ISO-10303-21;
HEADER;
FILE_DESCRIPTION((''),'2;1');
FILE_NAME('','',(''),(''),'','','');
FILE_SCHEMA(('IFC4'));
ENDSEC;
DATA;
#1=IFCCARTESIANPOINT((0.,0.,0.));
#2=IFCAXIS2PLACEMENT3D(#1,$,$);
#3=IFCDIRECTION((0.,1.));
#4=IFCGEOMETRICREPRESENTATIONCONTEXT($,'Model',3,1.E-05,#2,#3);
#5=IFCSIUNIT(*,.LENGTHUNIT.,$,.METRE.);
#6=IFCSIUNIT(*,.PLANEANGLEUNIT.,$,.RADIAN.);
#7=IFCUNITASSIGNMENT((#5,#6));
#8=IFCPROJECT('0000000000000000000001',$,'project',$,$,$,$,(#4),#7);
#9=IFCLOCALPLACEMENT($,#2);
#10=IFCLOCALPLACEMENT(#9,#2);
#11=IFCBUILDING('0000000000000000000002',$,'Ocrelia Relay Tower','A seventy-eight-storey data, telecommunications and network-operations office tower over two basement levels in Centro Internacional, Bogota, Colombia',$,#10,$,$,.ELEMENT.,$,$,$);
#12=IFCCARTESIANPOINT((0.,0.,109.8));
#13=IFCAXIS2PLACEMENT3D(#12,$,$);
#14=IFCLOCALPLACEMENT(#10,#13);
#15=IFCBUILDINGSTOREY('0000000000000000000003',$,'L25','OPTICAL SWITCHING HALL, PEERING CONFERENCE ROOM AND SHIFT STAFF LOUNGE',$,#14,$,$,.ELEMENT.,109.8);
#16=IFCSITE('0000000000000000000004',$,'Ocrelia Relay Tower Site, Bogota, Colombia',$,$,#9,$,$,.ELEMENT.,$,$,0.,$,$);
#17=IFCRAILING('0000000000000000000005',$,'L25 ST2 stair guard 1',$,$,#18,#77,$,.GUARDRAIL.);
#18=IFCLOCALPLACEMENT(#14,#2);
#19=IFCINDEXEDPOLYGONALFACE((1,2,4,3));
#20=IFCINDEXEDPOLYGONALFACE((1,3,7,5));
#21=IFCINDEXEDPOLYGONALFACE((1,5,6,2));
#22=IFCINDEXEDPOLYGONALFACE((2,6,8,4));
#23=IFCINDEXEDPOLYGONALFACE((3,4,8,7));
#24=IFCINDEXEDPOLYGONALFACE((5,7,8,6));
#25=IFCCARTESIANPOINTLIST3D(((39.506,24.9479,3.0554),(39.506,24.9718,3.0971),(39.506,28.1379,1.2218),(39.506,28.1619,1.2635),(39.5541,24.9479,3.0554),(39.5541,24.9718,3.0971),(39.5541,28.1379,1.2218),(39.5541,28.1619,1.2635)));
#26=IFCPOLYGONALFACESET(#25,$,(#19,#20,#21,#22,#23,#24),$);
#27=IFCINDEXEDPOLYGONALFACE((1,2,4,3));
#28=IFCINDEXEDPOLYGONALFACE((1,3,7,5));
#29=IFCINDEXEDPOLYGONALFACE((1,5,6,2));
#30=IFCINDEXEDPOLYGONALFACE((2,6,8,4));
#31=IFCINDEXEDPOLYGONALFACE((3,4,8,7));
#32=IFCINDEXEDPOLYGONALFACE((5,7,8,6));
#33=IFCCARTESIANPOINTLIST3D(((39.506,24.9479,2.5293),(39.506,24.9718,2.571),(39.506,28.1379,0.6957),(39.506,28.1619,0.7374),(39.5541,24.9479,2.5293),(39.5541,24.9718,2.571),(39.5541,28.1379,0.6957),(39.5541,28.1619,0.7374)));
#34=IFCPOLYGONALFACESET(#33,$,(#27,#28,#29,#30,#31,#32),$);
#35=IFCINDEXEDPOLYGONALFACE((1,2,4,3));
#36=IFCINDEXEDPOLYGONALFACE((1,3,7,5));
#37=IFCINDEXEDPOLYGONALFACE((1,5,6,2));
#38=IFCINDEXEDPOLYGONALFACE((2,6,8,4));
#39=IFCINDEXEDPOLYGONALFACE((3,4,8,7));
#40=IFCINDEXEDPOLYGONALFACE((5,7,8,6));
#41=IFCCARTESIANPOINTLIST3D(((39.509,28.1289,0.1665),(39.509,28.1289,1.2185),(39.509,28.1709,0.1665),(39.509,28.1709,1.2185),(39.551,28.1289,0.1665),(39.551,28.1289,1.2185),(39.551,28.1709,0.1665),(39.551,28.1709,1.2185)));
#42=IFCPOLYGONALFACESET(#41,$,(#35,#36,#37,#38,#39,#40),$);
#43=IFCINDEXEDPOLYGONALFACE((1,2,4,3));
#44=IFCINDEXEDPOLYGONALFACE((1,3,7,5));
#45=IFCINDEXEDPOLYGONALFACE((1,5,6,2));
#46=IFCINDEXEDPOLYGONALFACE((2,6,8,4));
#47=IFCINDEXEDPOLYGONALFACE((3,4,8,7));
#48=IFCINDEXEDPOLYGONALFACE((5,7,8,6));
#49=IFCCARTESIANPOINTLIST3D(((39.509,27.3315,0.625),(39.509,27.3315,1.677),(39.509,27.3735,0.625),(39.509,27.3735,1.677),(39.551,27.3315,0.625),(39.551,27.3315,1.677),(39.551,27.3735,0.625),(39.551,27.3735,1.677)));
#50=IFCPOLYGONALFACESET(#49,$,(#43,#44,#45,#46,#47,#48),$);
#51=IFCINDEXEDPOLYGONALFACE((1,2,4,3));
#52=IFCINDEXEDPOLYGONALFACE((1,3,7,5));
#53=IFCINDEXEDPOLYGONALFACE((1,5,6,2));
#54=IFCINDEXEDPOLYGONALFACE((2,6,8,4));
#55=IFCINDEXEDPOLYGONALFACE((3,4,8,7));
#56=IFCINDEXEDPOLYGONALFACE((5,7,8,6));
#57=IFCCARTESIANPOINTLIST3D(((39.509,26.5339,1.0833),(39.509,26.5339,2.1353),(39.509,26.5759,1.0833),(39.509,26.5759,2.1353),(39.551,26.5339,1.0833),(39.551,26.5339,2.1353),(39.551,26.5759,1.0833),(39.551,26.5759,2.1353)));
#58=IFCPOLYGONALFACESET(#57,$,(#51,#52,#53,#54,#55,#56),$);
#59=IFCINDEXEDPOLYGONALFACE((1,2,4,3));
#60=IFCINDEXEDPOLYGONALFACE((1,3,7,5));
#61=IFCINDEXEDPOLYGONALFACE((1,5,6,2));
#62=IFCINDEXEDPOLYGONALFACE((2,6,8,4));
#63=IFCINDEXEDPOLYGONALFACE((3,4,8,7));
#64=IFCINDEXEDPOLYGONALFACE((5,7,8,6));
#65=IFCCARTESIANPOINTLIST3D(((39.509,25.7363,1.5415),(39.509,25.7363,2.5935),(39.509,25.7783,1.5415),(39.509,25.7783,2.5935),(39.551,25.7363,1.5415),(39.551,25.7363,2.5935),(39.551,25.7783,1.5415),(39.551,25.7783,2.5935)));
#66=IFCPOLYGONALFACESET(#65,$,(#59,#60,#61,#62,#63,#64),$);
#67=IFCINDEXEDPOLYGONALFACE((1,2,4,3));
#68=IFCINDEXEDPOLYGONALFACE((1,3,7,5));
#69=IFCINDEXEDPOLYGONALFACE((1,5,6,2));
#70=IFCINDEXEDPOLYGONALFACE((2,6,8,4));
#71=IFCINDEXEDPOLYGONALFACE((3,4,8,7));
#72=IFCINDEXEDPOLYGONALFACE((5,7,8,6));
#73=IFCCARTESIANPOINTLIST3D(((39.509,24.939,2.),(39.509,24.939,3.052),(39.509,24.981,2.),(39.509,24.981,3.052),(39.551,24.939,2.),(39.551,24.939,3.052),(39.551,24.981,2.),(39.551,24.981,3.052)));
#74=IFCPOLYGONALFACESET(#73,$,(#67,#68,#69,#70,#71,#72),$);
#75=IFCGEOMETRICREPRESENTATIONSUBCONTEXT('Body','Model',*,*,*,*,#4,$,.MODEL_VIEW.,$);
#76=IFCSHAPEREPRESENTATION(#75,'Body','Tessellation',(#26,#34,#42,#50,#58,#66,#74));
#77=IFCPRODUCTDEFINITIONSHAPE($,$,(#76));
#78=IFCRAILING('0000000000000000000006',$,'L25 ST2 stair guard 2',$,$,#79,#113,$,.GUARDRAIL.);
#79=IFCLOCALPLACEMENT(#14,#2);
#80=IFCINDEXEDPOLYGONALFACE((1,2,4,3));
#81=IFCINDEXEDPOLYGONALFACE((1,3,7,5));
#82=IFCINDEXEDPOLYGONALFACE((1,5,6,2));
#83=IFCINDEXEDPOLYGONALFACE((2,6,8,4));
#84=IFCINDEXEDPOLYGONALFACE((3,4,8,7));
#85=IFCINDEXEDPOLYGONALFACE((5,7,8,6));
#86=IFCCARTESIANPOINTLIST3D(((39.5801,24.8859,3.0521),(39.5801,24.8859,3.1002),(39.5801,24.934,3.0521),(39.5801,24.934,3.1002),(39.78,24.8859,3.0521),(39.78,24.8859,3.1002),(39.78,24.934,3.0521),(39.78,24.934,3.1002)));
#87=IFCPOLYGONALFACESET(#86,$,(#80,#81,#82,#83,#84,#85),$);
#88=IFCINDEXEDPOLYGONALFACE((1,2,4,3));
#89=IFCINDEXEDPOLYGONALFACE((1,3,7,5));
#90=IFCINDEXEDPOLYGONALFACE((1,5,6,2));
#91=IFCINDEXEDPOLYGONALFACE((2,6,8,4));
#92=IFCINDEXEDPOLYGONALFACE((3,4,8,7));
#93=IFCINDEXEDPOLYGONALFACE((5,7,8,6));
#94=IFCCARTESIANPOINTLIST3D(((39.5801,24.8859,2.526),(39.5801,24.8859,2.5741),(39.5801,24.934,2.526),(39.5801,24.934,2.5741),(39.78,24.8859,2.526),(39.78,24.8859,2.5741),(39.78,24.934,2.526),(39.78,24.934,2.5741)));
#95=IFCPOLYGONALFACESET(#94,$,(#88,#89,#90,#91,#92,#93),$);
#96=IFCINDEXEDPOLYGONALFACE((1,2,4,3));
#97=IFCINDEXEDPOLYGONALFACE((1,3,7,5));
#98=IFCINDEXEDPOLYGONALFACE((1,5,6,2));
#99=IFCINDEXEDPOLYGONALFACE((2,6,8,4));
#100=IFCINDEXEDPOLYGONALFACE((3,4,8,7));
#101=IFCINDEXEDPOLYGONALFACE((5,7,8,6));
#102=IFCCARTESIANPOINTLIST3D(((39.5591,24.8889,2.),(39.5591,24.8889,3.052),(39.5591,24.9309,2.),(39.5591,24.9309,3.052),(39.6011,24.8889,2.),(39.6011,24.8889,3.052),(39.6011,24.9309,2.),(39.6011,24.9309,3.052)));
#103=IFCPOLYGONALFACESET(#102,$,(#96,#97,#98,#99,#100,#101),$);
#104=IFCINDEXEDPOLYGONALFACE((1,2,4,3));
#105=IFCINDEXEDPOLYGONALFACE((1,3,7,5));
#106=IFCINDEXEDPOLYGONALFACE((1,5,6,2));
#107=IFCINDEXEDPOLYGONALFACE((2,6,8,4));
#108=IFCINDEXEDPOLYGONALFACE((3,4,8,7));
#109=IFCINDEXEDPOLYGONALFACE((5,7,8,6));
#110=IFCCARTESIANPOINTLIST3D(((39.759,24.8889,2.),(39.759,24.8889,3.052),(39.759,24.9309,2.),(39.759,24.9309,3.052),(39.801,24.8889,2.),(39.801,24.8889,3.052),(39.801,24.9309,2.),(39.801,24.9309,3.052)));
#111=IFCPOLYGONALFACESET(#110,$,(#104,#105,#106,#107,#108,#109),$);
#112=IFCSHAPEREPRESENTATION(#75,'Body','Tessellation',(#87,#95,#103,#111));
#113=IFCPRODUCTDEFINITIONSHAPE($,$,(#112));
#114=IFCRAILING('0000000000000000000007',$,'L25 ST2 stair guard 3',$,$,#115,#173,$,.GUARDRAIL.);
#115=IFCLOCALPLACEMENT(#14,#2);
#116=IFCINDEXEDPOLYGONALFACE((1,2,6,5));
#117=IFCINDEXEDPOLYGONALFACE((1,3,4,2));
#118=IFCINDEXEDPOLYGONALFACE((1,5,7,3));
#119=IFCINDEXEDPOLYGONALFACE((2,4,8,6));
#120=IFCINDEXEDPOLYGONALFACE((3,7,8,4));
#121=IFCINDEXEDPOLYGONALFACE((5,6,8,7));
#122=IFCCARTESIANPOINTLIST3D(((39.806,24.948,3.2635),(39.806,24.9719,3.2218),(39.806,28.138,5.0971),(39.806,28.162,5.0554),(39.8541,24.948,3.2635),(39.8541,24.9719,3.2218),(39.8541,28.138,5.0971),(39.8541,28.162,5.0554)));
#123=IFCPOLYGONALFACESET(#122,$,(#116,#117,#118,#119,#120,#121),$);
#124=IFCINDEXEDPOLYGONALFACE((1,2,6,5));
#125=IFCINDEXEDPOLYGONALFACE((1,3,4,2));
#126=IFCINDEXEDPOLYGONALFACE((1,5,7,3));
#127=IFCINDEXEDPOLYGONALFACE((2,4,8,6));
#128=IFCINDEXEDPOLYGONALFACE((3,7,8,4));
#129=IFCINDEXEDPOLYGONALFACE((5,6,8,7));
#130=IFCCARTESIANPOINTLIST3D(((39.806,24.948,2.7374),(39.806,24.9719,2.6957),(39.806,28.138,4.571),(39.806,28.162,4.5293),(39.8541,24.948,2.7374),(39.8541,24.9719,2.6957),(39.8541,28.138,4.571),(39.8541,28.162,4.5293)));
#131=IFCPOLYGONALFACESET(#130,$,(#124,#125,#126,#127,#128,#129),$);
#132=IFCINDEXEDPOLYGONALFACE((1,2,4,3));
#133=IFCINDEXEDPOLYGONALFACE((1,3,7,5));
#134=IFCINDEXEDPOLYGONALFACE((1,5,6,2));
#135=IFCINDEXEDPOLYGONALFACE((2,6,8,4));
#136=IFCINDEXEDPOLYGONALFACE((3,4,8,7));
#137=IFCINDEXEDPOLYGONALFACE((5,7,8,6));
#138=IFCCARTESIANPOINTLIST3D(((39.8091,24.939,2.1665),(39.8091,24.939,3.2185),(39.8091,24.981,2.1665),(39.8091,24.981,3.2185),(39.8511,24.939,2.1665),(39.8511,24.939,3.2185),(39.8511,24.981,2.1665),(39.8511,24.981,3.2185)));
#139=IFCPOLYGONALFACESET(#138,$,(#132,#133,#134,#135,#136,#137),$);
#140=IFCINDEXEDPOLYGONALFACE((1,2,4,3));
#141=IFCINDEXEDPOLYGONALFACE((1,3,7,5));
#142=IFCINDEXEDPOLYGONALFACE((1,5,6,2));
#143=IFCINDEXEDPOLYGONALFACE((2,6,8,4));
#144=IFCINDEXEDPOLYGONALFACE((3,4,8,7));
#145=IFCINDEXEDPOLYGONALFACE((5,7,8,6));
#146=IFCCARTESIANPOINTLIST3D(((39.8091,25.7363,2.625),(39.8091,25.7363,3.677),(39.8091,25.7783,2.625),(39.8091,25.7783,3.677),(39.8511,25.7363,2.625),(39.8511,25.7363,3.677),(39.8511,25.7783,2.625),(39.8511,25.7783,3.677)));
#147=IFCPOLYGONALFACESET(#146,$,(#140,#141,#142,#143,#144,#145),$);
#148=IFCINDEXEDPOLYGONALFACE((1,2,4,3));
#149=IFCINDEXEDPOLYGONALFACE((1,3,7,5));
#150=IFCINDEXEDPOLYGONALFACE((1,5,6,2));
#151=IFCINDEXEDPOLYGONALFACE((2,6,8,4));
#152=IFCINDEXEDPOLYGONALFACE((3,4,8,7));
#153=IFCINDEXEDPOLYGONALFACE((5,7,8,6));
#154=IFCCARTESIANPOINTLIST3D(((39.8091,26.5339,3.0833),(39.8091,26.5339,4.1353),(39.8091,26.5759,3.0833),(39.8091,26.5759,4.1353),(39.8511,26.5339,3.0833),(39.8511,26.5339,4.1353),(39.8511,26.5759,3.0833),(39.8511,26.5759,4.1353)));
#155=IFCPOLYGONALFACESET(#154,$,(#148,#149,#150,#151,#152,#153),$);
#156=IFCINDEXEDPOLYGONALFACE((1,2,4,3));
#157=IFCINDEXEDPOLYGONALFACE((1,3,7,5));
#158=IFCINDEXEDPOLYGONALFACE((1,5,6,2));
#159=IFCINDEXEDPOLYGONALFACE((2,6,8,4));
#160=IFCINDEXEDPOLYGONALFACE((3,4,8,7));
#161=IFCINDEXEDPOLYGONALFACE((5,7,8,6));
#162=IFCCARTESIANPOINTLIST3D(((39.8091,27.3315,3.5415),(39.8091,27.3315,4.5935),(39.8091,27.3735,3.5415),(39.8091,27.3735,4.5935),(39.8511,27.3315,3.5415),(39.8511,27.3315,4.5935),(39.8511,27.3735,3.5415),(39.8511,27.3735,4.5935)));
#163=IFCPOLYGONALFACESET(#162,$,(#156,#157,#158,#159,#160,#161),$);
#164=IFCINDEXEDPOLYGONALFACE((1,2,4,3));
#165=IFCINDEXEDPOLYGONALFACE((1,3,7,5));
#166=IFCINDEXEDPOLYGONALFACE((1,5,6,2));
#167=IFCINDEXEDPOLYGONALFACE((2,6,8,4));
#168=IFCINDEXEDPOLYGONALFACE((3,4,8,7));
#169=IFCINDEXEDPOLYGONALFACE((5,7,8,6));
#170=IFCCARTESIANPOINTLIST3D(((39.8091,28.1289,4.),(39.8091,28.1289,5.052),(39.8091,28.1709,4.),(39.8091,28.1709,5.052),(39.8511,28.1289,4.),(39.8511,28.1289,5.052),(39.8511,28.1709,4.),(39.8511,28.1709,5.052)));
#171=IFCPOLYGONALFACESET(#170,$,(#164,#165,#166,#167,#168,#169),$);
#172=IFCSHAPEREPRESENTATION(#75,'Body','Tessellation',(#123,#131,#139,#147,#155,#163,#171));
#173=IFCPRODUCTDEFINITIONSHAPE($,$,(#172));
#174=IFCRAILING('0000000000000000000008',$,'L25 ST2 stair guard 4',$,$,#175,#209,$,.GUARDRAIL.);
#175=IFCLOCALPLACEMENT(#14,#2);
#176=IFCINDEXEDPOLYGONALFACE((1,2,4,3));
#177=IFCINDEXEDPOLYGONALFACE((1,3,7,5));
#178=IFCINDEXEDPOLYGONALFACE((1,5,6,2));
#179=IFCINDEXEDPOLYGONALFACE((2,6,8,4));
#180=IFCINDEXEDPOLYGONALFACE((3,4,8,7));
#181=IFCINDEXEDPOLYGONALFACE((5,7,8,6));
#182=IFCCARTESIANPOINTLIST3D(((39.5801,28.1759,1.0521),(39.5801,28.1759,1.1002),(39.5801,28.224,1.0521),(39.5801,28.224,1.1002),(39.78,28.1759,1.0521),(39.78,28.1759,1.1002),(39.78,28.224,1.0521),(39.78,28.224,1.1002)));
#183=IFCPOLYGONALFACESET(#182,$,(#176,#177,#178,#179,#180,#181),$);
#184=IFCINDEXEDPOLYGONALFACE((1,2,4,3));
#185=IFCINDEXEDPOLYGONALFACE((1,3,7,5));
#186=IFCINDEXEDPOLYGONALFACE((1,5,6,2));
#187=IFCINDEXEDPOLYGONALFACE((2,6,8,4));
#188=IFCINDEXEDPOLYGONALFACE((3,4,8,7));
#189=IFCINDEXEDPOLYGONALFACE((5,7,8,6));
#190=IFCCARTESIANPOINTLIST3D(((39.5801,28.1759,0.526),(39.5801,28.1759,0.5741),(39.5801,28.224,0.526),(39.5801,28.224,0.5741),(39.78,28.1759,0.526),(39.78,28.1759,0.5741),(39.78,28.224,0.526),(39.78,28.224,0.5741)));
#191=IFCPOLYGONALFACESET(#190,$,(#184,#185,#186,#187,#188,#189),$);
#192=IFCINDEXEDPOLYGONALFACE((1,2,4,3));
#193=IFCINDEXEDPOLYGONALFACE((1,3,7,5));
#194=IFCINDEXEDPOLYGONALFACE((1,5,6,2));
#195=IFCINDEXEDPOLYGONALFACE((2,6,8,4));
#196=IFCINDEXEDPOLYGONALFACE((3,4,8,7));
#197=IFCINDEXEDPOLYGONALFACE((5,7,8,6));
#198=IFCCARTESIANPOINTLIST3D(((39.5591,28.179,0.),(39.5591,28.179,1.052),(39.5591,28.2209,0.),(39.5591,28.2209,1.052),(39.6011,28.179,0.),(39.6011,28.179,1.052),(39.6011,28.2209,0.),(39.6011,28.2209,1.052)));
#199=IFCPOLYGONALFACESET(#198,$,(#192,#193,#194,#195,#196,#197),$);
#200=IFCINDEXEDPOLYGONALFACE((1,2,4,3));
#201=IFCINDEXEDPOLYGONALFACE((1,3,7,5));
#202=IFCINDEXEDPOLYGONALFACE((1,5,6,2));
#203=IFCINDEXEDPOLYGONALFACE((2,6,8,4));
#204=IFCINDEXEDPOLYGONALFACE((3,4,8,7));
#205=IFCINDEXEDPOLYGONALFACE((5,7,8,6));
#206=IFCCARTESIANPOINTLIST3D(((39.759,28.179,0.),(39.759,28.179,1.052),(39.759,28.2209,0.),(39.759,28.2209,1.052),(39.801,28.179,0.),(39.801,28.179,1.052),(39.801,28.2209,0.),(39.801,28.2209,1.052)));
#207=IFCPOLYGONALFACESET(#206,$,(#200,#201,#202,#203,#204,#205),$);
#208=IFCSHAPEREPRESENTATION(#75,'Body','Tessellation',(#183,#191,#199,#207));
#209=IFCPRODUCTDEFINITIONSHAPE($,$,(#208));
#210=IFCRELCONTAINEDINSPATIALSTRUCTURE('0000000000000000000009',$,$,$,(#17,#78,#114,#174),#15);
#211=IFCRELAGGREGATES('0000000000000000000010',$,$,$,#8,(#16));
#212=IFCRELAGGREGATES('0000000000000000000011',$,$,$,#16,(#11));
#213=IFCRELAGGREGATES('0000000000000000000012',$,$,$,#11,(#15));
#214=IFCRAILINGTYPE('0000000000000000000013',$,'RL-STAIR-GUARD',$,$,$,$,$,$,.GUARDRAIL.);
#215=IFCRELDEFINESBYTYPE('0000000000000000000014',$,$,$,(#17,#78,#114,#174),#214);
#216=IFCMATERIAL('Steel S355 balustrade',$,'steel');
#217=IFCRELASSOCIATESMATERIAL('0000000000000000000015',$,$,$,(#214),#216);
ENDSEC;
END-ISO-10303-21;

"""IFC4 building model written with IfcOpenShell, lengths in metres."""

from ifc_helpers import new_model, si_unit, direction, frame, origin, origin_2d, place, context, subcontext, project, spatial, rectangle, extrude, material, type_object, element, save


model = new_model("IFC4")

# Units and contexts
model_context = context("Model", 3, precision=1e-05, world=origin(), true_north=direction((0.0, 1.0)))
body_context = subcontext(model_context, "Body", "Model", "MODEL_VIEW")
ifc_project = project(units=[si_unit("LENGTHUNIT", "METRE"), si_unit("PLANEANGLEUNIT", "RADIAN")], contexts=[model_context])

# Site, building, storey
site_placement = place(None, origin())
site = spatial("IfcSite", under=ifc_project, at=site_placement, Name="Ocrelia Relay Tower Site, Bogota, Colombia", CompositionType="ELEMENT", RefElevation=0.0)
building_placement = place(site_placement, origin())
building = spatial("IfcBuilding", under=site, at=building_placement, Name="Ocrelia Relay Tower", Description="A seventy-eight-storey data, telecommunications and network-operations office tower over two basement levels in Centro Internacional, Bogota, Colombia", CompositionType="ELEMENT")
storey_placement = place(building_placement, frame((0.0, 0.0, 109.8)))
storey = spatial("IfcBuildingStorey", under=building, at=storey_placement, Name="L25", Description="OPTICAL SWITCHING HALL, PEERING CONFERENCE ROOM AND SHIFT STAFF LOUNGE", CompositionType="ELEMENT", Elevation=109.8)

# Railings
ifc_material_1 = material(Name="Steel S355 balustrade", Category="steel")
railing_type_1 = type_object("IfcRailingType", Name="RL-STAIR-GUARD", PredefinedType="GUARDRAIL", material=ifc_material_1)
railing_1_placement = place(storey_placement, frame((39.53, 28.1499, 0.1665)))
element("IfcRailing", 1, at=railing_1_placement, inside=storey, type_object=railing_type_1, Name="L25 ST2 stair guard 1", PredefinedType="GUARDRAIL", context=body_context, shape_type="SweptSolid", body=[
    extrude(rectangle(XDim=0.0481, YDim=0.0481, at=origin_2d()), frame((0.0, 0.0, 1.0762), z_axis=(0.0, -0.866991, 0.498324), x_axis=(1.0, 0.0, 0.0)), (0.0, 0.0, 1.0), 3.6794),
    extrude(rectangle(XDim=0.0481, YDim=0.0481, at=origin_2d()), frame((0.0, 0.0, 0.55), z_axis=(0.0, -0.866991, 0.498324), x_axis=(1.0, 0.0, 0.0)), (0.0, 0.0, 1.0), 3.6794),
    extrude(rectangle(XDim=0.042, YDim=0.042, at=origin_2d()), origin(), (0.0, 0.0, 1.0), 1.052),
    extrude(rectangle(XDim=0.042, YDim=0.042, at=origin_2d()), frame((0.0, -0.7974, 0.4585)), (0.0, 0.0, 1.0), 1.052),
    extrude(rectangle(XDim=0.042, YDim=0.042, at=origin_2d()), frame((0.0, -1.595, 0.9167)), (0.0, 0.0, 1.0), 1.052),
    extrude(rectangle(XDim=0.042, YDim=0.042, at=origin_2d()), frame((0.0, -2.3926, 1.375)), (0.0, 0.0, 1.0), 1.052),
    extrude(rectangle(XDim=0.042, YDim=0.042, at=origin_2d()), frame((0.0, -3.1899, 1.8335)), (0.0, 0.0, 1.0), 1.052),
])
railing_2_placement = place(storey_placement, frame((39.5801, 24.9099, 2.0)))
element("IfcRailing", 2, at=railing_2_placement, inside=storey, type_object=railing_type_1, Name="L25 ST2 stair guard 2", PredefinedType="GUARDRAIL", context=body_context, shape_type="SweptSolid", body=[
    extrude(rectangle(XDim=0.0481, YDim=0.0481, at=origin_2d()), frame((0.0, 0.0, 1.0762), z_axis=(1.0, 0.0, 0.0), x_axis=(0.0, 1.0, 0.0)), (0.0, 0.0, 1.0), 0.2),
    extrude(rectangle(XDim=0.0481, YDim=0.0481, at=origin_2d()), frame((0.0, 0.0, 0.55), z_axis=(1.0, 0.0, 0.0), x_axis=(0.0, 1.0, 0.0)), (0.0, 0.0, 1.0), 0.2),
    extrude(rectangle(XDim=0.042, YDim=0.042, at=origin_2d()), origin(), (0.0, 0.0, 1.0), 1.052),
    extrude(rectangle(XDim=0.042, YDim=0.042, at=origin_2d()), frame((0.2, 0.0, 0.0)), (0.0, 0.0, 1.0), 1.052),
])
railing_3_placement = place(storey_placement, frame((39.8301, 24.96, 2.1665)))
element("IfcRailing", 3, at=railing_3_placement, inside=storey, type_object=railing_type_1, Name="L25 ST2 stair guard 3", PredefinedType="GUARDRAIL", context=body_context, shape_type="SweptSolid", body=[
    extrude(rectangle(XDim=0.0481, YDim=0.0481, at=origin_2d()), frame((0.0, 0.0, 1.0762), z_axis=(0.0, 0.866991, 0.498324), x_axis=(-1.0, 0.0, 0.0)), (0.0, 0.0, 1.0), 3.6794),
    extrude(rectangle(XDim=0.0481, YDim=0.0481, at=origin_2d()), frame((0.0, 0.0, 0.55), z_axis=(0.0, 0.866991, 0.498324), x_axis=(-1.0, 0.0, 0.0)), (0.0, 0.0, 1.0), 3.6794),
    extrude(rectangle(XDim=0.042, YDim=0.042, at=origin_2d()), origin(), (0.0, 0.0, 1.0), 1.052),
    extrude(rectangle(XDim=0.042, YDim=0.042, at=origin_2d()), frame((0.0, 0.7974, 0.4585)), (0.0, 0.0, 1.0), 1.052),
    extrude(rectangle(XDim=0.042, YDim=0.042, at=origin_2d()), frame((0.0, 1.595, 0.9167)), (0.0, 0.0, 1.0), 1.052),
    extrude(rectangle(XDim=0.042, YDim=0.042, at=origin_2d()), frame((0.0, 2.3926, 1.375)), (0.0, 0.0, 1.0), 1.052),
    extrude(rectangle(XDim=0.042, YDim=0.042, at=origin_2d()), frame((0.0, 3.1899, 1.8335)), (0.0, 0.0, 1.0), 1.052),
])
railing_4_placement = place(storey_placement, frame((39.5801, 28.2, 0.0)))
element("IfcRailing", 4, at=railing_4_placement, inside=storey, type_object=railing_type_1, Name="L25 ST2 stair guard 4", PredefinedType="GUARDRAIL", context=body_context, shape_type="SweptSolid", body=[
    extrude(rectangle(XDim=0.0481, YDim=0.0481, at=origin_2d()), frame((0.0, 0.0, 1.0762), z_axis=(1.0, 0.0, 0.0), x_axis=(0.0, 1.0, 0.0)), (0.0, 0.0, 1.0), 0.2),
    extrude(rectangle(XDim=0.0481, YDim=0.0481, at=origin_2d()), frame((0.0, 0.0, 0.55), z_axis=(1.0, 0.0, 0.0), x_axis=(0.0, 1.0, 0.0)), (0.0, 0.0, 1.0), 0.2),
    extrude(rectangle(XDim=0.042, YDim=0.042, at=origin_2d()), origin(), (0.0, 0.0, 1.0), 1.052),
    extrude(rectangle(XDim=0.042, YDim=0.042, at=origin_2d()), frame((0.2, 0.0, 0.0)), (0.0, 0.0, 1.0), 1.052),
])

save(model, "model.ifc")
